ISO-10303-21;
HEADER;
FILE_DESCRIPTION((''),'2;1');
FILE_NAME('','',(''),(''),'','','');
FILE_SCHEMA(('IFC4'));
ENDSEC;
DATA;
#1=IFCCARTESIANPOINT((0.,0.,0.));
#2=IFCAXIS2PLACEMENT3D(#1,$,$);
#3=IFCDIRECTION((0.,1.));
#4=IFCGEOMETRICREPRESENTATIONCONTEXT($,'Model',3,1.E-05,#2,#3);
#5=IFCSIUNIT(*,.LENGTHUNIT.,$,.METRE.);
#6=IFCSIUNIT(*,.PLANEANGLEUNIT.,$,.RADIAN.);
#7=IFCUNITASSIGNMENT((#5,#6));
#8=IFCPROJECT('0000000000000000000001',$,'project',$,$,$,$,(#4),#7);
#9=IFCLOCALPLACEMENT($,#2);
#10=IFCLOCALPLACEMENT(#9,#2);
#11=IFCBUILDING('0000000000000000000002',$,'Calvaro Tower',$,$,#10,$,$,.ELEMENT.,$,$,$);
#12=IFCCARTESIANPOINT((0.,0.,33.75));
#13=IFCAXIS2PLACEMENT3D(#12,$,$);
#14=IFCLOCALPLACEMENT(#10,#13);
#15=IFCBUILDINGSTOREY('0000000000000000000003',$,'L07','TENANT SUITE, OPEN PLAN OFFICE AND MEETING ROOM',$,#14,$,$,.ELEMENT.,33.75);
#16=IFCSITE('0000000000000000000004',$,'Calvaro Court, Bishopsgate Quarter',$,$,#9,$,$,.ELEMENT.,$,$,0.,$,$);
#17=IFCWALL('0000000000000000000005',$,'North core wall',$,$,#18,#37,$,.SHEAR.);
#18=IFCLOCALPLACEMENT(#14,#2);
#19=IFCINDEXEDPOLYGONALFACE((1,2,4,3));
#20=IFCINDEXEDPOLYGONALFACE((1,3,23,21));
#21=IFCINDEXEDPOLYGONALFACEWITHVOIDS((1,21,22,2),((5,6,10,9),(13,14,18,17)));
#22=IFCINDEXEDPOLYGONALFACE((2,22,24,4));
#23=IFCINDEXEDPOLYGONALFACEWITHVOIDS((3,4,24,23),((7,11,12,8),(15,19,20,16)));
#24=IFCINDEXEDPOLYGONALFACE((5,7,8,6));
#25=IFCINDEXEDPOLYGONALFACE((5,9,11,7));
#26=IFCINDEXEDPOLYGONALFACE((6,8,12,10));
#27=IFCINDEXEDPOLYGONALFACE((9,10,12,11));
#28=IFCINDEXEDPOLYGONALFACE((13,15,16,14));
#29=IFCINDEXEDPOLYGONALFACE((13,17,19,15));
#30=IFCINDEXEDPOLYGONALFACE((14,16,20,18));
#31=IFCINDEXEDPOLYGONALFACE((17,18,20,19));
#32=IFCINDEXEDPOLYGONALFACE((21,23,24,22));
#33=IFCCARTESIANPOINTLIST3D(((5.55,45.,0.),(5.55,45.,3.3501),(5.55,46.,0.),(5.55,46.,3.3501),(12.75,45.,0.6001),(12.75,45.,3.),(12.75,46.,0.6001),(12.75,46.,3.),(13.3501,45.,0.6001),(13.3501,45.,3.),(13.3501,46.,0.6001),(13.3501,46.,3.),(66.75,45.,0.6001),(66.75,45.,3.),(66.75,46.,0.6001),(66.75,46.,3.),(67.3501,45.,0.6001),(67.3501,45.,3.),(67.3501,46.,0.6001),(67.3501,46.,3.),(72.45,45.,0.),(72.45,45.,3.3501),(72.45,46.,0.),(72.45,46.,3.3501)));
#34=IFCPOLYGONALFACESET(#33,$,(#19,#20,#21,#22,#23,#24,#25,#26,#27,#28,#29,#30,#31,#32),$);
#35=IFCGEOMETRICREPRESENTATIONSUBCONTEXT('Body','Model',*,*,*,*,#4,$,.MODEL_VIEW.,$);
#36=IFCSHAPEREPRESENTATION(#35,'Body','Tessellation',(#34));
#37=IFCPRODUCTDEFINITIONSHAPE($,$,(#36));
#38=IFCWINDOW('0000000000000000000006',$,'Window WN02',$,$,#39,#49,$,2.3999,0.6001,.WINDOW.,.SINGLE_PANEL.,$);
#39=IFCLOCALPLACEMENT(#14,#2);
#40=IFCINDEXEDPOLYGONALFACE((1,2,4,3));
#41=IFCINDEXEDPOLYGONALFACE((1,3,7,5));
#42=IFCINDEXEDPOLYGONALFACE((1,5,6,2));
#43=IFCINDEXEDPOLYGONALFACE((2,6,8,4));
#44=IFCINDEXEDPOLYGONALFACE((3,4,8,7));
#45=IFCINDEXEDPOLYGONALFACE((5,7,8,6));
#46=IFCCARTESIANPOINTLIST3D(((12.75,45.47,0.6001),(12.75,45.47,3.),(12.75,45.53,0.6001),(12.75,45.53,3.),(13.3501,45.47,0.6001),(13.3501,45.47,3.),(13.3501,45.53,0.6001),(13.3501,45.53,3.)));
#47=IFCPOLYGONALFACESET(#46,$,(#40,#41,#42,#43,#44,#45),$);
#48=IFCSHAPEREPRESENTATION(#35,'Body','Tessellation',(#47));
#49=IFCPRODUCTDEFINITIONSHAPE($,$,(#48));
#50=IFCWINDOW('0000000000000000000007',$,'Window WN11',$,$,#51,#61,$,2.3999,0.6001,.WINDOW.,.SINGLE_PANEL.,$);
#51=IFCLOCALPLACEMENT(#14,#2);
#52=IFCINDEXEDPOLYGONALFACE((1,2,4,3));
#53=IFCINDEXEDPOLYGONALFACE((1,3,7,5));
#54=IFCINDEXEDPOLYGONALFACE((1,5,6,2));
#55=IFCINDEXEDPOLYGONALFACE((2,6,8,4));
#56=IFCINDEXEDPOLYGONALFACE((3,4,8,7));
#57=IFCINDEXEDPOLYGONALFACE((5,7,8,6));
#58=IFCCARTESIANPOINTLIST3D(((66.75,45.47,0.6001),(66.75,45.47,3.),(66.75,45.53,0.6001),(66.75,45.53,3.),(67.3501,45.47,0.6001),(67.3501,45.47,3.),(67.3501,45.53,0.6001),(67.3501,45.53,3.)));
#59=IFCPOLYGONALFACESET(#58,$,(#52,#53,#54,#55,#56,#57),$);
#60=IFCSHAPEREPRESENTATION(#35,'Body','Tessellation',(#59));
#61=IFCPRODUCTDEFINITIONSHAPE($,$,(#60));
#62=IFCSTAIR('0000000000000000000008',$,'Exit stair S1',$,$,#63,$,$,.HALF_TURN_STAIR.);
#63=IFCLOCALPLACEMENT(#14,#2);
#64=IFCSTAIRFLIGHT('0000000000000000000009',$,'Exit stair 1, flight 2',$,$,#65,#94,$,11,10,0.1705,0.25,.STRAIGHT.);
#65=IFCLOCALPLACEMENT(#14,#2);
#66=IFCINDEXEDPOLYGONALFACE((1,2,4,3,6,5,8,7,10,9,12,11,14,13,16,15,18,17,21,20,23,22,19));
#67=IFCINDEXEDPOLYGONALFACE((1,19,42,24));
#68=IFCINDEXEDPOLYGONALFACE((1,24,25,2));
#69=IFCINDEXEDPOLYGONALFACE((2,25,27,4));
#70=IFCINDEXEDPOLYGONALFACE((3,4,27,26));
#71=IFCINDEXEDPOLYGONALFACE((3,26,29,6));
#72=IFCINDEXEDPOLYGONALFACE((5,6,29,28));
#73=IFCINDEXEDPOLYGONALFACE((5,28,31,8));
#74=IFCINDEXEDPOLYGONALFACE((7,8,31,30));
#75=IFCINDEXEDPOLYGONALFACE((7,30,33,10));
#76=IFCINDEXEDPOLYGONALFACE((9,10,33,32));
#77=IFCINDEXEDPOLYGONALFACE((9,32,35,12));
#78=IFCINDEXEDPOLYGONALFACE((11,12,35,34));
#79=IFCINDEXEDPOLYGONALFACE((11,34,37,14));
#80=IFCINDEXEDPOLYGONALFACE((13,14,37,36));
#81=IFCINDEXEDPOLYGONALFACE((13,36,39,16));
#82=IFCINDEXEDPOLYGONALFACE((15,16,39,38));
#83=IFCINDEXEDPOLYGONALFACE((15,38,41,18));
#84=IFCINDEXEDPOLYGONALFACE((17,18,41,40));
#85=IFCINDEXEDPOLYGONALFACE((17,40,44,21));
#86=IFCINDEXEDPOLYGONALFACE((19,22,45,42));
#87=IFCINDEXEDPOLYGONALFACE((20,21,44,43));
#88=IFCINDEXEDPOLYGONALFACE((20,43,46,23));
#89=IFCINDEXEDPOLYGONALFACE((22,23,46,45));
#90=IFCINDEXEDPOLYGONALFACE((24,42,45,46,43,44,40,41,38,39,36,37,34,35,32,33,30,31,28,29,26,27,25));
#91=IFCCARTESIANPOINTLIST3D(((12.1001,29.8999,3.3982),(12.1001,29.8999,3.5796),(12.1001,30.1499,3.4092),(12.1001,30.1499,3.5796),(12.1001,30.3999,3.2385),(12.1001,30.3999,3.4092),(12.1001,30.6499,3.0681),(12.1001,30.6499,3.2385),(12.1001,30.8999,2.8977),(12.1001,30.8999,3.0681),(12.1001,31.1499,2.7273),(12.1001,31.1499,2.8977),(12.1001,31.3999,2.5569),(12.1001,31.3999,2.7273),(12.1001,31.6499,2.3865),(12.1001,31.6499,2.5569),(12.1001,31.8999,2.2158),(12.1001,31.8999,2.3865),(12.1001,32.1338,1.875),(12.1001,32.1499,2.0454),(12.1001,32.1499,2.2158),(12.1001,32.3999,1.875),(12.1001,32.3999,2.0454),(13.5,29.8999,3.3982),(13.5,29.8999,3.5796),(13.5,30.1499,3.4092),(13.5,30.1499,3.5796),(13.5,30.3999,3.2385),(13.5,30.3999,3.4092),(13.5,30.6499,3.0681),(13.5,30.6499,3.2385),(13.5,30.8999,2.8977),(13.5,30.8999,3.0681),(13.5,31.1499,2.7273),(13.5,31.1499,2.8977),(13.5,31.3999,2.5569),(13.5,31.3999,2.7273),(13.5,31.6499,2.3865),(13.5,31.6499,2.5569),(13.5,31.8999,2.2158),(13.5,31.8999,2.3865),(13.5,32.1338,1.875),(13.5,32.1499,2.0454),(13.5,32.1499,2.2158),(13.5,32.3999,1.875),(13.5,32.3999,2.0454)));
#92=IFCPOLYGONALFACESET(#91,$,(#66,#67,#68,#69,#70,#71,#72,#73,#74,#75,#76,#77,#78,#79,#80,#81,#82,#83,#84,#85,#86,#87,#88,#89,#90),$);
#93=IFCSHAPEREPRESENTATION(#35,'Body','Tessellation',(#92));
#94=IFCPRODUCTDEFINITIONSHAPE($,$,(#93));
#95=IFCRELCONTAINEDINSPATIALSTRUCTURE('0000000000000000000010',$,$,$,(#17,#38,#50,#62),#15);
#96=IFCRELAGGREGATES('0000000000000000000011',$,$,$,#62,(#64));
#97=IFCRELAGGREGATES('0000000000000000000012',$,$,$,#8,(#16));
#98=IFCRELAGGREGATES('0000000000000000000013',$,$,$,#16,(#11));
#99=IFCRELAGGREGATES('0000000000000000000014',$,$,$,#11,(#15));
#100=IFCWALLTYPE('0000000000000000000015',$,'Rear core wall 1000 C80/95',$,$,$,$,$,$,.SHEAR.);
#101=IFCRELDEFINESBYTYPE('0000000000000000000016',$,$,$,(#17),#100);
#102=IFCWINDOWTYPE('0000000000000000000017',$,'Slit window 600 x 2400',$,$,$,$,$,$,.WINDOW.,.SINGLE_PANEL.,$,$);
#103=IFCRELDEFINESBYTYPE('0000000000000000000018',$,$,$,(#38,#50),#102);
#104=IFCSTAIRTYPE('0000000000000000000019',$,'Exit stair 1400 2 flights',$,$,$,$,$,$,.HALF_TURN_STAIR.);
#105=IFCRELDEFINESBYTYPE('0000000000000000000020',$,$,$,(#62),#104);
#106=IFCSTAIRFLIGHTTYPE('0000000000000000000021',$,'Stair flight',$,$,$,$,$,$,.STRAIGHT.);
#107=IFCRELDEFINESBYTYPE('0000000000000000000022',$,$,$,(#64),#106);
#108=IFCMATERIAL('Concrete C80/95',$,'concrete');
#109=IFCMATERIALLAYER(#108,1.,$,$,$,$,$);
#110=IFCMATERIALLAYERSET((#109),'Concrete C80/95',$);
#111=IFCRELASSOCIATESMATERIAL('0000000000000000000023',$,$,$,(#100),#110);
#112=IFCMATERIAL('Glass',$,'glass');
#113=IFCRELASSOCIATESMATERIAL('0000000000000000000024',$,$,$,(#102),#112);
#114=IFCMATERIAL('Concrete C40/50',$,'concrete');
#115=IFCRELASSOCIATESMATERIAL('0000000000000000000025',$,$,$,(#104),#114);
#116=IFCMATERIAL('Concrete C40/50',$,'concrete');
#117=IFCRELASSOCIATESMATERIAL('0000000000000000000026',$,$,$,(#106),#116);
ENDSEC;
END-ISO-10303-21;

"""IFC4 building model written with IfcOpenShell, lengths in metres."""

from ifc_helpers import new_model, si_unit, direction, frame, frame_2d, origin, place, context, subcontext, project, spatial, polyline, rectangle, outline, extrude, material, layer, layer_set, type_object, element, fill, aggregate, save


model = new_model("IFC4")

# Units and contexts
model_context = context("Model", 3, precision=1e-05, world=origin(), true_north=direction((0.0, 1.0)))
body_context = subcontext(model_context, "Body", "Model", "MODEL_VIEW")
ifc_project = project(units=[si_unit("LENGTHUNIT", "METRE"), si_unit("PLANEANGLEUNIT", "RADIAN")], contexts=[model_context])

# Site, building, storey
site_placement = place(None, origin())
site = spatial("IfcSite", under=ifc_project, at=site_placement, Name="Calvaro Court, Bishopsgate Quarter", CompositionType="ELEMENT", RefElevation=0.0)
building_placement = place(site_placement, origin())
building = spatial("IfcBuilding", under=site, at=building_placement, Name="Calvaro Tower", CompositionType="ELEMENT")
storey_placement = place(building_placement, frame((0.0, 0.0, 33.75)))
storey = spatial("IfcBuildingStorey", under=building, at=storey_placement, Name="L07", Description="TENANT SUITE, OPEN PLAN OFFICE AND MEETING ROOM", CompositionType="ELEMENT", Elevation=33.75)

# Wall, openings, windows
ifc_material_1 = material(Name="Concrete C80/95", Category="concrete")
ifc_layer_1 = layer(ifc_material_1, 1.0)
ifc_layer_set_1 = layer_set([ifc_layer_1], Name="Concrete C80/95")
wall_type_1 = type_object("IfcWallType", Name="Rear core wall 1000 C80/95", PredefinedType="SHEAR", material=ifc_layer_set_1)
wall_1_placement = place(storey_placement, frame((5.55, 45.5, 0.0), z_axis=(0.0, 0.0, 1.0), x_axis=(1.0, 0.0, 0.0)))
wall_1 = element("IfcWall", 1, at=wall_1_placement, inside=storey, type_object=wall_type_1, Name="North core wall", PredefinedType="SHEAR", context=body_context, shape_type="SweptSolid", body=[
    extrude(rectangle(XDim=66.8999, YDim=1.0, at=frame_2d((33.45, 0.0))), origin(), (0.0, 0.0, 1.0), 3.3501),
])
opening_1_placement = place(wall_1_placement, frame((7.2, 0.0, 0.6001)))
opening_1 = element("IfcOpeningElement", 2, at=opening_1_placement, cuts=wall_1, PredefinedType="OPENING", context=body_context, shape_type="SweptSolid", body=[
    extrude(rectangle(XDim=0.6001, YDim=2.3999, at=frame_2d((0.3, 1.2))), frame((0.0, 0.51, 0.0), z_axis=(0.0, -1.0, 0.0), x_axis=(1.0, 0.0, 0.0)), (0.0, 0.0, 1.0), 1.02),
])
opening_2_placement = place(wall_1_placement, frame((61.2, 0.0, 0.6001)))
opening_2 = element("IfcOpeningElement", 3, at=opening_2_placement, cuts=wall_1, PredefinedType="OPENING", context=body_context, shape_type="SweptSolid", body=[
    extrude(rectangle(XDim=0.6001, YDim=2.3999, at=frame_2d((0.3, 1.2))), frame((0.0, 0.51, 0.0), z_axis=(0.0, -1.0, 0.0), x_axis=(1.0, 0.0, 0.0)), (0.0, 0.0, 1.0), 1.02),
])
ifc_material_2 = material(Name="Glass", Category="glass")
window_type = type_object("IfcWindowType", Name="Slit window 600 x 2400", PartitioningType="SINGLE_PANEL", PredefinedType="WINDOW", material=ifc_material_2)
window_1_placement = place(opening_1_placement, origin())
window_1 = element("IfcWindow", 4, at=window_1_placement, inside=storey, type_object=window_type, Name="Window WN02", OverallHeight=2.3999, OverallWidth=0.6001, PartitioningType="SINGLE_PANEL", PredefinedType="WINDOW", context=body_context, shape_type="SweptSolid", body=[
    extrude(rectangle(XDim=0.6001, YDim=2.3999, at=frame_2d((0.3, 1.2))), frame((0.0, 0.03, 0.0), z_axis=(0.0, -1.0, 0.0), x_axis=(1.0, 0.0, 0.0)), (0.0, 0.0, 1.0), 0.0601),
])
fill(opening_1, window_1)
window_2_placement = place(opening_2_placement, origin())
window_2 = element("IfcWindow", 5, at=window_2_placement, inside=storey, type_object=window_type, Name="Window WN11", OverallHeight=2.3999, OverallWidth=0.6001, PartitioningType="SINGLE_PANEL", PredefinedType="WINDOW", context=body_context, shape_type="SweptSolid", body=[
    extrude(rectangle(XDim=0.6001, YDim=2.3999, at=frame_2d((0.3, 1.2))), frame((0.0, 0.03, 0.0), z_axis=(0.0, -1.0, 0.0), x_axis=(1.0, 0.0, 0.0)), (0.0, 0.0, 1.0), 0.0601),
])
fill(opening_2, window_2)

# Stair, stair flight
ifc_material_3 = material(Name="Concrete C40/50", Category="concrete")
stair_type = type_object("IfcStairType", Name="Exit stair 1400 2 flights", PredefinedType="HALF_TURN_STAIR", material=ifc_material_3)
stair_placement = place(storey_placement, origin())
stair = element("IfcStair", 6, at=stair_placement, inside=storey, type_object=stair_type, Name="Exit stair S1", PredefinedType="HALF_TURN_STAIR")
ifc_material_4 = material(Name="Concrete C40/50", Category="concrete")
stair_flight_type = type_object("IfcStairFlightType", Name="Stair flight", PredefinedType="STRAIGHT", material=ifc_material_4)
stair_flight_placement = place(storey_placement, frame((12.8, 32.3999, 1.875), z_axis=(0.0, 0.0, 1.0), x_axis=(0.0, -1.0, 0.0)))
stair_flight = element("IfcStairFlight", 7, at=stair_flight_placement, type_object=stair_flight_type, Name="Exit stair 1, flight 2", NumberOfRisers=11, NumberOfTreads=10, PredefinedType="STRAIGHT", RiserHeight=0.1705, TreadLength=0.25, context=body_context, shape_type="SweptSolid", body=[
    extrude(outline(polyline([(0.0, 0.0), (0.0, 0.1704), (0.25, 0.1704), (0.25, 0.3408), (0.5, 0.3408), (0.5, 0.5115), (0.75, 0.5115), (0.75, 0.6819), (1.0, 0.6819), (1.0, 0.8523), (1.25, 0.8523), (1.25, 1.0227), (1.5, 1.0227), (1.5, 1.1931), (1.75, 1.1931), (1.75, 1.3635), (2.0, 1.3635), (2.0, 1.5342), (2.25, 1.5342), (2.25, 1.7046), (2.5, 1.7046), (2.5, 1.875), (2.5, 1.5232), (0.2661, 0.0), (0.0, 0.0)])), frame((0.0, 0.7, 0.0), z_axis=(0.0, -1.0, 0.0), x_axis=(1.0, 0.0, 0.0)), (0.0, 0.0, 1.0), 1.3999),
])
aggregate(stair, [stair_flight])

save(model, "model.ifc")
